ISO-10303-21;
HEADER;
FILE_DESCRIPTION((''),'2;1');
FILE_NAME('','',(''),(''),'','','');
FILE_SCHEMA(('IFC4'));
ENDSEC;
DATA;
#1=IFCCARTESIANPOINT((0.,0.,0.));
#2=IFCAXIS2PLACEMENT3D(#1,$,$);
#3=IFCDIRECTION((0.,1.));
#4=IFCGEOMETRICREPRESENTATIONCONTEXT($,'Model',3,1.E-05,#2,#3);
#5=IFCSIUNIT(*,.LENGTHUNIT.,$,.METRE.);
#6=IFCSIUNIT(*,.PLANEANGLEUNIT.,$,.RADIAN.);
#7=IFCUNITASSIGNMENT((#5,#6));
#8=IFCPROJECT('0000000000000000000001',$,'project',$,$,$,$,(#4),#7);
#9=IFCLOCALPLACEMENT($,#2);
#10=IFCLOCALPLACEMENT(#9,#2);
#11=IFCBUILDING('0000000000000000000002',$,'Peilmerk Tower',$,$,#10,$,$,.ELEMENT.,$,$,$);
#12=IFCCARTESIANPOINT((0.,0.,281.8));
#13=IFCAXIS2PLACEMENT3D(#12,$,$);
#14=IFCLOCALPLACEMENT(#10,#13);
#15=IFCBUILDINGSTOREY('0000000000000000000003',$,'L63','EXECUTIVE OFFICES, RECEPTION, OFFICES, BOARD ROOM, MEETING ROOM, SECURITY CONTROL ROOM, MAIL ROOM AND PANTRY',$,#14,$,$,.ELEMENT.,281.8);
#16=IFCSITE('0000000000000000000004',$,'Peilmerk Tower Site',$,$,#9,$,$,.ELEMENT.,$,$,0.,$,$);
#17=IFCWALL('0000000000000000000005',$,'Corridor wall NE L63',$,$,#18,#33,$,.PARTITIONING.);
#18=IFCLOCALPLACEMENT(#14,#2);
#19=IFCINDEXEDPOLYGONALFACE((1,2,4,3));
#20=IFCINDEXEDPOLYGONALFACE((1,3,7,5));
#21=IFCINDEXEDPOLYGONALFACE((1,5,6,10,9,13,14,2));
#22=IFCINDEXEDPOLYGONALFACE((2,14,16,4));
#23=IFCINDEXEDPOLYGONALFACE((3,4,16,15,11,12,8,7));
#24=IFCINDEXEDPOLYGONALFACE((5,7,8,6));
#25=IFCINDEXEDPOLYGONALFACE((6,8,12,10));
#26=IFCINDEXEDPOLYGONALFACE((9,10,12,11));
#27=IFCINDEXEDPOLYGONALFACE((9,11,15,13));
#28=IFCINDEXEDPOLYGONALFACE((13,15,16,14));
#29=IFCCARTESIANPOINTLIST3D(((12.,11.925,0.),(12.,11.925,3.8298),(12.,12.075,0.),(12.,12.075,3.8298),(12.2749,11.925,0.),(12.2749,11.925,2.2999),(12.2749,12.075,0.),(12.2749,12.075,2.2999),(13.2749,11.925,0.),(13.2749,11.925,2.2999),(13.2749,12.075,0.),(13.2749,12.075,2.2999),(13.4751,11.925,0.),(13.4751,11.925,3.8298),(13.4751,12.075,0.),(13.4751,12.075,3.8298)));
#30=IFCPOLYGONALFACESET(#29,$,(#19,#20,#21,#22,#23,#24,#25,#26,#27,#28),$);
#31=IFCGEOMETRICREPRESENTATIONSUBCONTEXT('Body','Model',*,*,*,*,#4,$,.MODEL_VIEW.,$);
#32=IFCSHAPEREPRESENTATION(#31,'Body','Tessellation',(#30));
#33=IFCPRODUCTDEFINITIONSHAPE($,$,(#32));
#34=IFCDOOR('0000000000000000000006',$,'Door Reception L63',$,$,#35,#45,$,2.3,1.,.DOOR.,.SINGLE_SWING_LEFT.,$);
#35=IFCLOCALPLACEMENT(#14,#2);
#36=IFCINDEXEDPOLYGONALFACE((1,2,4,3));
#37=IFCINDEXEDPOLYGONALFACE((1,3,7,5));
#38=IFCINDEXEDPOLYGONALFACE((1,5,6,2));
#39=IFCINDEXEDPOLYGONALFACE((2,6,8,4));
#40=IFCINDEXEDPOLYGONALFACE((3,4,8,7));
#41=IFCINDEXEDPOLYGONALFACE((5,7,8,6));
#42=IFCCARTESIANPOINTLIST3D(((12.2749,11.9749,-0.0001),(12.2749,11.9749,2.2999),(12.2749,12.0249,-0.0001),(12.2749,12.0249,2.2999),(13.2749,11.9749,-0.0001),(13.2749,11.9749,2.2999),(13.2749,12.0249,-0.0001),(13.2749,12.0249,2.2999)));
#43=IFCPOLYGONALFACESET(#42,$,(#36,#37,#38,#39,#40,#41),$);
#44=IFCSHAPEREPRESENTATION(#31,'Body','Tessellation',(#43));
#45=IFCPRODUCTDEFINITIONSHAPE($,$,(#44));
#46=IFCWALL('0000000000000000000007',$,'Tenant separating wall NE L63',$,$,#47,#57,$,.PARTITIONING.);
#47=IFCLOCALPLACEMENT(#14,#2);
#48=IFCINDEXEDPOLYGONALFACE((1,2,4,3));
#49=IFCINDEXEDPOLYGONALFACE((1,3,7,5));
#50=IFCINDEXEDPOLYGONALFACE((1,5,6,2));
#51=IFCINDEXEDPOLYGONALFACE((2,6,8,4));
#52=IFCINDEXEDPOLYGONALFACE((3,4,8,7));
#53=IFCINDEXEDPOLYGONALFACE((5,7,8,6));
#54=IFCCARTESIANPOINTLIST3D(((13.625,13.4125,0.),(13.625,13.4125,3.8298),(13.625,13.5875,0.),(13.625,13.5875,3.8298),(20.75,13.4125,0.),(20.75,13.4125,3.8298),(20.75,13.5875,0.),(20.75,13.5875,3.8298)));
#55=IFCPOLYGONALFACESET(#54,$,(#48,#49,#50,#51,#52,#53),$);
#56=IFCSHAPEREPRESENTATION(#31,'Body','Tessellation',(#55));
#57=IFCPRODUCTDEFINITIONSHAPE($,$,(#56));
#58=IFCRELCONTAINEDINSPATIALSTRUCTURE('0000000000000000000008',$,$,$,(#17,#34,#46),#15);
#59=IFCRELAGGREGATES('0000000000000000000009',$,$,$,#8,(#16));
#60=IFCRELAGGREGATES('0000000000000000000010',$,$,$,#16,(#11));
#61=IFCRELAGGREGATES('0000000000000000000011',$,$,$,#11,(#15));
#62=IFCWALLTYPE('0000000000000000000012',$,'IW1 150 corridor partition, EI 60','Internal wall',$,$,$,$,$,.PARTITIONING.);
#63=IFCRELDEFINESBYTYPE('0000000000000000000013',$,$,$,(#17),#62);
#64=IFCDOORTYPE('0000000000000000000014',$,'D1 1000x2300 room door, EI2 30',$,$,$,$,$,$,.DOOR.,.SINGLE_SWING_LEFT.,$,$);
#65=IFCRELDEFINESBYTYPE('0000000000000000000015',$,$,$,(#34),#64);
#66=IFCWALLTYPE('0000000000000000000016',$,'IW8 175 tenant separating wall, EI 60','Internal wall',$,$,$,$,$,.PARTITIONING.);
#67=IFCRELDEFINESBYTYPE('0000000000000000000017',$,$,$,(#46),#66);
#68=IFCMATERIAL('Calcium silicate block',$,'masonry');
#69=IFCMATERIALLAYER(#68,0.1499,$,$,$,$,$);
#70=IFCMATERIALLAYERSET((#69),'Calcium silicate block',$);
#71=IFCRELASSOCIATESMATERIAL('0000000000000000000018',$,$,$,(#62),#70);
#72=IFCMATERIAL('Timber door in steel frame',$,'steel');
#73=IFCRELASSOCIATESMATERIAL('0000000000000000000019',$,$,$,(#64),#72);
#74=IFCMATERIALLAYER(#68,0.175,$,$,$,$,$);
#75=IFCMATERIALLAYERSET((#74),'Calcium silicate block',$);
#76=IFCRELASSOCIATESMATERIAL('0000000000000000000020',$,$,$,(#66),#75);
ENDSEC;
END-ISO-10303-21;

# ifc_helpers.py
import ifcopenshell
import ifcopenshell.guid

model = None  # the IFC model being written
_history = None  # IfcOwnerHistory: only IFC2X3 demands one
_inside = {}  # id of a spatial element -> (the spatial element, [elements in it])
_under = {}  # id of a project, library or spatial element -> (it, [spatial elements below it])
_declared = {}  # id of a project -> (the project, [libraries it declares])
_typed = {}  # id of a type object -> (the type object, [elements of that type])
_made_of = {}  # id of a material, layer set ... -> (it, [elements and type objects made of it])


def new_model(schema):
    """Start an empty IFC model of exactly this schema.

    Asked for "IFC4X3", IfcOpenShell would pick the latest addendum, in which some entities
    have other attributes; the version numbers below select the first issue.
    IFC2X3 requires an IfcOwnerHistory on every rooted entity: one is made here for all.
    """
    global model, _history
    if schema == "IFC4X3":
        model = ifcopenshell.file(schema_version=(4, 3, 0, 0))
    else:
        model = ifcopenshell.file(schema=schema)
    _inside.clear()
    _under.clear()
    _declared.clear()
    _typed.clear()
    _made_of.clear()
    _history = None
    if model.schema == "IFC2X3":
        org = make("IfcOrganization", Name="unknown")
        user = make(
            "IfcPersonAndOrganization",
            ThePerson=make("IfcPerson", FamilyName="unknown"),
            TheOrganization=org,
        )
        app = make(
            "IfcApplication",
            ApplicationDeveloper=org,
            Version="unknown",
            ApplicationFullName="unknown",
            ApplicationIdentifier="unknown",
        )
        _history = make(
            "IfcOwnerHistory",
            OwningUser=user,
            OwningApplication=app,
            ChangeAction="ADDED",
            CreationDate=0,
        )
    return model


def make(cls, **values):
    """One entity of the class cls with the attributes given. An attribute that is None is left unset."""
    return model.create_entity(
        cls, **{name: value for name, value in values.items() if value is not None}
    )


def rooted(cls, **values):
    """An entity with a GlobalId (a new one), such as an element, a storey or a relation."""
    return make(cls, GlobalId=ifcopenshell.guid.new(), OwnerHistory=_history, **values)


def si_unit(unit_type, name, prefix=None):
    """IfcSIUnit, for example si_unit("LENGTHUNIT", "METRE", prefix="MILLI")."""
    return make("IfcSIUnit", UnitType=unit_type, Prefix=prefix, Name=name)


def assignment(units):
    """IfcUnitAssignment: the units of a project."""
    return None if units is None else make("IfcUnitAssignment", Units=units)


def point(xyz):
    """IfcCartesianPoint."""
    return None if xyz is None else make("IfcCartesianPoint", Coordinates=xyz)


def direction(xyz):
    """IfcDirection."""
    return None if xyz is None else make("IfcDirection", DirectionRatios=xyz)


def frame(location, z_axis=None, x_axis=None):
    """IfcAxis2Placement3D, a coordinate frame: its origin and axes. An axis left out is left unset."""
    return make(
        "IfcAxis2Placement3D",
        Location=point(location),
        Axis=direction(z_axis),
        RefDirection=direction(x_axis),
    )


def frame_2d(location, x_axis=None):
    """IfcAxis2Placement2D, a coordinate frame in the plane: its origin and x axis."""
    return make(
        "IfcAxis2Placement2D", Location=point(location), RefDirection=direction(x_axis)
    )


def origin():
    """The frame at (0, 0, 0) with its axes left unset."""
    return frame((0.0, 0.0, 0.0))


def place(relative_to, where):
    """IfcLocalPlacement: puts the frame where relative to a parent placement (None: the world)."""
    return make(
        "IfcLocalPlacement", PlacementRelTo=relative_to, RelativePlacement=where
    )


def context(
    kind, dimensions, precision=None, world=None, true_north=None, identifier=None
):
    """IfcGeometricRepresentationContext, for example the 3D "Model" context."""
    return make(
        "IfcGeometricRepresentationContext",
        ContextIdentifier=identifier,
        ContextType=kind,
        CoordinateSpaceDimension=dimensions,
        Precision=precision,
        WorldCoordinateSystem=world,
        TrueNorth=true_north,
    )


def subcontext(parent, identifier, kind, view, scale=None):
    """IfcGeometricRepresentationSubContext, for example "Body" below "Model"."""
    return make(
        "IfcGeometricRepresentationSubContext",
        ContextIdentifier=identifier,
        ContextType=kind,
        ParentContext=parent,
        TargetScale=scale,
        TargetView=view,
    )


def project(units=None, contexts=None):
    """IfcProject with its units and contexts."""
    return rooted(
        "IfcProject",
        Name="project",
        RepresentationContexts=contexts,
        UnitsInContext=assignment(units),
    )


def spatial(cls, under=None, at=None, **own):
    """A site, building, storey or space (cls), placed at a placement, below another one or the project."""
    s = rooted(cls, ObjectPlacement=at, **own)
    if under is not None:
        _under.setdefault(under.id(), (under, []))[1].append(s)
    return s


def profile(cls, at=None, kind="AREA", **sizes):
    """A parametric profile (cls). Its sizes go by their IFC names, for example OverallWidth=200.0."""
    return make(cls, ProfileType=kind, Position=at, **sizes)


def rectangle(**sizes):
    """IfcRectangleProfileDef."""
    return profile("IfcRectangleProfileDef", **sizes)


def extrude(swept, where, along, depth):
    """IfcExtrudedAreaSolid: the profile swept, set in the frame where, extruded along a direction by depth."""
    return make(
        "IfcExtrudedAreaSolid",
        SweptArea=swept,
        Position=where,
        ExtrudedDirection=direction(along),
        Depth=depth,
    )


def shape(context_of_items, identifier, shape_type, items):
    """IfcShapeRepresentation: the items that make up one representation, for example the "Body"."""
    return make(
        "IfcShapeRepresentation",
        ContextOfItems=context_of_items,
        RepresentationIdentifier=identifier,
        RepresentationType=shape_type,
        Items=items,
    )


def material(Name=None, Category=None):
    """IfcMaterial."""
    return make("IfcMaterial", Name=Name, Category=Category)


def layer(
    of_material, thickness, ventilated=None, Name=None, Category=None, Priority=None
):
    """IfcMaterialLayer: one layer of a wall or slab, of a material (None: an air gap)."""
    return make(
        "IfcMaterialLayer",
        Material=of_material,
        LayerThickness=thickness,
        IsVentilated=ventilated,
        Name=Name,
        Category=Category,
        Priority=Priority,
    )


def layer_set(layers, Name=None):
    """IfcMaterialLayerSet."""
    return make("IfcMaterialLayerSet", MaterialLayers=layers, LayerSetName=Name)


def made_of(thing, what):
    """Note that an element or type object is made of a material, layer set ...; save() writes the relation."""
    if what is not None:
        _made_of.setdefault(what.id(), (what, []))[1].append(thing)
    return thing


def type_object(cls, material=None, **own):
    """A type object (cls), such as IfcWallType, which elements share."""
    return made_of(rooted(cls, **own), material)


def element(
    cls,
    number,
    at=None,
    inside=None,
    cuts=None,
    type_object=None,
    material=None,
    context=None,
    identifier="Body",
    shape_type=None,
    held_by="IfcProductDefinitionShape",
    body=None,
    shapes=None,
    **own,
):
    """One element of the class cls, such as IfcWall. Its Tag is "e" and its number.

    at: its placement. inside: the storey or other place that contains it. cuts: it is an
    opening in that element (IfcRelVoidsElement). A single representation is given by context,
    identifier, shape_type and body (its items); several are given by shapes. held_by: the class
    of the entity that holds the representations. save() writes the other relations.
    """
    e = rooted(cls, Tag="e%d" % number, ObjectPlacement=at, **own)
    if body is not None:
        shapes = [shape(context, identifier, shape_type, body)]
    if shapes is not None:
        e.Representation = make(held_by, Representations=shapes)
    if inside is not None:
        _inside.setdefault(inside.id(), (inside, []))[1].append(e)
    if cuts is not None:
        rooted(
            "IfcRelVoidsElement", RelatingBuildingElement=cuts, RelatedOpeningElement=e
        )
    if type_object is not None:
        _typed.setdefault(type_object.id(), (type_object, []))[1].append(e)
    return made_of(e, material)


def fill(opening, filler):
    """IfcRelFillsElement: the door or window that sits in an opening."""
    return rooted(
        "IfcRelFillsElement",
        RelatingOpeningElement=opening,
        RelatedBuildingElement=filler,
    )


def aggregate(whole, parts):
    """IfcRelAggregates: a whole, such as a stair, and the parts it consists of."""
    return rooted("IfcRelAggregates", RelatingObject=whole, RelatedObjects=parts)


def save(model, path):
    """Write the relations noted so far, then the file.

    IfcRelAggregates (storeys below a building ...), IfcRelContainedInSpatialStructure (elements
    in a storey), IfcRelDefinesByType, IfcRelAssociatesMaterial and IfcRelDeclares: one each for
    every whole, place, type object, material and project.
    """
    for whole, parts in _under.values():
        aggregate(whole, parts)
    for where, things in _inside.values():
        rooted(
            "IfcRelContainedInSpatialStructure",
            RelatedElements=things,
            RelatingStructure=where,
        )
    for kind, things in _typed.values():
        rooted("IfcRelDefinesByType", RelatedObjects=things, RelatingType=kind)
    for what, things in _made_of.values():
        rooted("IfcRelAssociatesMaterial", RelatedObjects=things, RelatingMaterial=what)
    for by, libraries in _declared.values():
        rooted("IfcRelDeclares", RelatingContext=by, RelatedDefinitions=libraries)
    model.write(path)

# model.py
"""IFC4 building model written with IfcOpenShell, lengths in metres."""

from ifc_helpers import new_model, si_unit, direction, frame, frame_2d, origin, place, context, subcontext, project, spatial, rectangle, extrude, material, layer, layer_set, type_object, element, fill, save


model = new_model("IFC4")

# Units and contexts
model_context = context("Model", 3, precision=1e-05, world=origin(), true_north=direction((0.0, 1.0)))
body_context = subcontext(model_context, "Body", "Model", "MODEL_VIEW")
ifc_project = project(units=[si_unit("LENGTHUNIT", "METRE"), si_unit("PLANEANGLEUNIT", "RADIAN")], contexts=[model_context])

# Site, building, storey
site_placement = place(None, origin())
site = spatial("IfcSite", under=ifc_project, at=site_placement, Name="Peilmerk Tower Site", CompositionType="ELEMENT", RefElevation=0.0)
building_placement = place(site_placement, origin())
building = spatial("IfcBuilding", under=site, at=building_placement, Name="Peilmerk Tower", CompositionType="ELEMENT")
storey_placement = place(building_placement, frame((0.0, 0.0, 281.8)))
storey = spatial("IfcBuildingStorey", under=building, at=storey_placement, Name="L63", Description="EXECUTIVE OFFICES, RECEPTION, OFFICES, BOARD ROOM, MEETING ROOM, SECURITY CONTROL ROOM, MAIL ROOM AND PANTRY", CompositionType="ELEMENT", Elevation=281.8)

# Wall, opening, door
ifc_material_1 = material(Name="Calcium silicate block", Category="masonry")
ifc_layer_1 = layer(ifc_material_1, 0.1499)
ifc_layer_set_1 = layer_set([ifc_layer_1], Name="Calcium silicate block")
wall_type_1 = type_object("IfcWallType", Name="IW1 150 corridor partition, EI 60", Description="Internal wall", PredefinedType="PARTITIONING", material=ifc_layer_set_1)
wall_1_placement = place(storey_placement, frame((12.0, 12.0, 0.0), z_axis=(0.0, 0.0, 1.0), x_axis=(1.0, 0.0, 0.0)))
wall_1 = element("IfcWall", 1, at=wall_1_placement, inside=storey, type_object=wall_type_1, Name="Corridor wall NE L63", PredefinedType="PARTITIONING", context=body_context, shape_type="SweptSolid", body=[
    extrude(rectangle(XDim=1.4751, YDim=0.1499, at=frame_2d((0.7375, 0.0))), origin(), (0.0, 0.0, 1.0), 3.8298),
])
opening_placement = place(wall_1_placement, frame((0.2749, 0.0, 0.0)))
opening = element("IfcOpeningElement", 2, at=opening_placement, cuts=wall_1, PredefinedType="OPENING", context=body_context, shape_type="SweptSolid", body=[
    extrude(rectangle(XDim=1.0, YDim=2.3, at=frame_2d((0.5, 1.1499))), frame((0.0, 0.085, 0.0), z_axis=(0.0, -1.0, 0.0), x_axis=(1.0, 0.0, 0.0)), (0.0, 0.0, 1.0), 0.1699),
])
ifc_material_2 = material(Name="Timber door in steel frame", Category="steel")
door_type = type_object("IfcDoorType", Name="D1 1000x2300 room door, EI2 30", OperationType="SINGLE_SWING_LEFT", PredefinedType="DOOR", material=ifc_material_2)
door_placement = place(opening_placement, origin())
door = element("IfcDoor", 3, at=door_placement, inside=storey, type_object=door_type, Name="Door Reception L63", OperationType="SINGLE_SWING_LEFT", OverallHeight=2.3, OverallWidth=1.0, PredefinedType="DOOR", context=body_context, shape_type="SweptSolid", body=[
    extrude(rectangle(XDim=1.0, YDim=2.3, at=frame_2d((0.5, 1.1499))), frame((0.0, 0.0249, 0.0), z_axis=(0.0, -1.0, 0.0), x_axis=(1.0, 0.0, 0.0)), (0.0, 0.0, 1.0), 0.05),
])
fill(opening, door)

# Wall
ifc_layer_2 = layer(ifc_material_1, 0.175)
ifc_layer_set_2 = layer_set([ifc_layer_2], Name="Calcium silicate block")
wall_type_2 = type_object("IfcWallType", Name="IW8 175 tenant separating wall, EI 60", Description="Internal wall", PredefinedType="PARTITIONING", material=ifc_layer_set_2)
wall_2_placement = place(storey_placement, frame((13.625, 13.5, 0.0), z_axis=(0.0, 0.0, 1.0), x_axis=(1.0, 0.0, 0.0)))
element("IfcWall", 4, at=wall_2_placement, inside=storey, type_object=wall_type_2, Name="Tenant separating wall NE L63", PredefinedType="PARTITIONING", context=body_context, shape_type="SweptSolid", body=[
    extrude(rectangle(XDim=7.125, YDim=0.175, at=frame_2d((3.5625, 0.0))), origin(), (0.0, 0.0, 1.0), 3.8298),
])

save(model, "model.ifc")
